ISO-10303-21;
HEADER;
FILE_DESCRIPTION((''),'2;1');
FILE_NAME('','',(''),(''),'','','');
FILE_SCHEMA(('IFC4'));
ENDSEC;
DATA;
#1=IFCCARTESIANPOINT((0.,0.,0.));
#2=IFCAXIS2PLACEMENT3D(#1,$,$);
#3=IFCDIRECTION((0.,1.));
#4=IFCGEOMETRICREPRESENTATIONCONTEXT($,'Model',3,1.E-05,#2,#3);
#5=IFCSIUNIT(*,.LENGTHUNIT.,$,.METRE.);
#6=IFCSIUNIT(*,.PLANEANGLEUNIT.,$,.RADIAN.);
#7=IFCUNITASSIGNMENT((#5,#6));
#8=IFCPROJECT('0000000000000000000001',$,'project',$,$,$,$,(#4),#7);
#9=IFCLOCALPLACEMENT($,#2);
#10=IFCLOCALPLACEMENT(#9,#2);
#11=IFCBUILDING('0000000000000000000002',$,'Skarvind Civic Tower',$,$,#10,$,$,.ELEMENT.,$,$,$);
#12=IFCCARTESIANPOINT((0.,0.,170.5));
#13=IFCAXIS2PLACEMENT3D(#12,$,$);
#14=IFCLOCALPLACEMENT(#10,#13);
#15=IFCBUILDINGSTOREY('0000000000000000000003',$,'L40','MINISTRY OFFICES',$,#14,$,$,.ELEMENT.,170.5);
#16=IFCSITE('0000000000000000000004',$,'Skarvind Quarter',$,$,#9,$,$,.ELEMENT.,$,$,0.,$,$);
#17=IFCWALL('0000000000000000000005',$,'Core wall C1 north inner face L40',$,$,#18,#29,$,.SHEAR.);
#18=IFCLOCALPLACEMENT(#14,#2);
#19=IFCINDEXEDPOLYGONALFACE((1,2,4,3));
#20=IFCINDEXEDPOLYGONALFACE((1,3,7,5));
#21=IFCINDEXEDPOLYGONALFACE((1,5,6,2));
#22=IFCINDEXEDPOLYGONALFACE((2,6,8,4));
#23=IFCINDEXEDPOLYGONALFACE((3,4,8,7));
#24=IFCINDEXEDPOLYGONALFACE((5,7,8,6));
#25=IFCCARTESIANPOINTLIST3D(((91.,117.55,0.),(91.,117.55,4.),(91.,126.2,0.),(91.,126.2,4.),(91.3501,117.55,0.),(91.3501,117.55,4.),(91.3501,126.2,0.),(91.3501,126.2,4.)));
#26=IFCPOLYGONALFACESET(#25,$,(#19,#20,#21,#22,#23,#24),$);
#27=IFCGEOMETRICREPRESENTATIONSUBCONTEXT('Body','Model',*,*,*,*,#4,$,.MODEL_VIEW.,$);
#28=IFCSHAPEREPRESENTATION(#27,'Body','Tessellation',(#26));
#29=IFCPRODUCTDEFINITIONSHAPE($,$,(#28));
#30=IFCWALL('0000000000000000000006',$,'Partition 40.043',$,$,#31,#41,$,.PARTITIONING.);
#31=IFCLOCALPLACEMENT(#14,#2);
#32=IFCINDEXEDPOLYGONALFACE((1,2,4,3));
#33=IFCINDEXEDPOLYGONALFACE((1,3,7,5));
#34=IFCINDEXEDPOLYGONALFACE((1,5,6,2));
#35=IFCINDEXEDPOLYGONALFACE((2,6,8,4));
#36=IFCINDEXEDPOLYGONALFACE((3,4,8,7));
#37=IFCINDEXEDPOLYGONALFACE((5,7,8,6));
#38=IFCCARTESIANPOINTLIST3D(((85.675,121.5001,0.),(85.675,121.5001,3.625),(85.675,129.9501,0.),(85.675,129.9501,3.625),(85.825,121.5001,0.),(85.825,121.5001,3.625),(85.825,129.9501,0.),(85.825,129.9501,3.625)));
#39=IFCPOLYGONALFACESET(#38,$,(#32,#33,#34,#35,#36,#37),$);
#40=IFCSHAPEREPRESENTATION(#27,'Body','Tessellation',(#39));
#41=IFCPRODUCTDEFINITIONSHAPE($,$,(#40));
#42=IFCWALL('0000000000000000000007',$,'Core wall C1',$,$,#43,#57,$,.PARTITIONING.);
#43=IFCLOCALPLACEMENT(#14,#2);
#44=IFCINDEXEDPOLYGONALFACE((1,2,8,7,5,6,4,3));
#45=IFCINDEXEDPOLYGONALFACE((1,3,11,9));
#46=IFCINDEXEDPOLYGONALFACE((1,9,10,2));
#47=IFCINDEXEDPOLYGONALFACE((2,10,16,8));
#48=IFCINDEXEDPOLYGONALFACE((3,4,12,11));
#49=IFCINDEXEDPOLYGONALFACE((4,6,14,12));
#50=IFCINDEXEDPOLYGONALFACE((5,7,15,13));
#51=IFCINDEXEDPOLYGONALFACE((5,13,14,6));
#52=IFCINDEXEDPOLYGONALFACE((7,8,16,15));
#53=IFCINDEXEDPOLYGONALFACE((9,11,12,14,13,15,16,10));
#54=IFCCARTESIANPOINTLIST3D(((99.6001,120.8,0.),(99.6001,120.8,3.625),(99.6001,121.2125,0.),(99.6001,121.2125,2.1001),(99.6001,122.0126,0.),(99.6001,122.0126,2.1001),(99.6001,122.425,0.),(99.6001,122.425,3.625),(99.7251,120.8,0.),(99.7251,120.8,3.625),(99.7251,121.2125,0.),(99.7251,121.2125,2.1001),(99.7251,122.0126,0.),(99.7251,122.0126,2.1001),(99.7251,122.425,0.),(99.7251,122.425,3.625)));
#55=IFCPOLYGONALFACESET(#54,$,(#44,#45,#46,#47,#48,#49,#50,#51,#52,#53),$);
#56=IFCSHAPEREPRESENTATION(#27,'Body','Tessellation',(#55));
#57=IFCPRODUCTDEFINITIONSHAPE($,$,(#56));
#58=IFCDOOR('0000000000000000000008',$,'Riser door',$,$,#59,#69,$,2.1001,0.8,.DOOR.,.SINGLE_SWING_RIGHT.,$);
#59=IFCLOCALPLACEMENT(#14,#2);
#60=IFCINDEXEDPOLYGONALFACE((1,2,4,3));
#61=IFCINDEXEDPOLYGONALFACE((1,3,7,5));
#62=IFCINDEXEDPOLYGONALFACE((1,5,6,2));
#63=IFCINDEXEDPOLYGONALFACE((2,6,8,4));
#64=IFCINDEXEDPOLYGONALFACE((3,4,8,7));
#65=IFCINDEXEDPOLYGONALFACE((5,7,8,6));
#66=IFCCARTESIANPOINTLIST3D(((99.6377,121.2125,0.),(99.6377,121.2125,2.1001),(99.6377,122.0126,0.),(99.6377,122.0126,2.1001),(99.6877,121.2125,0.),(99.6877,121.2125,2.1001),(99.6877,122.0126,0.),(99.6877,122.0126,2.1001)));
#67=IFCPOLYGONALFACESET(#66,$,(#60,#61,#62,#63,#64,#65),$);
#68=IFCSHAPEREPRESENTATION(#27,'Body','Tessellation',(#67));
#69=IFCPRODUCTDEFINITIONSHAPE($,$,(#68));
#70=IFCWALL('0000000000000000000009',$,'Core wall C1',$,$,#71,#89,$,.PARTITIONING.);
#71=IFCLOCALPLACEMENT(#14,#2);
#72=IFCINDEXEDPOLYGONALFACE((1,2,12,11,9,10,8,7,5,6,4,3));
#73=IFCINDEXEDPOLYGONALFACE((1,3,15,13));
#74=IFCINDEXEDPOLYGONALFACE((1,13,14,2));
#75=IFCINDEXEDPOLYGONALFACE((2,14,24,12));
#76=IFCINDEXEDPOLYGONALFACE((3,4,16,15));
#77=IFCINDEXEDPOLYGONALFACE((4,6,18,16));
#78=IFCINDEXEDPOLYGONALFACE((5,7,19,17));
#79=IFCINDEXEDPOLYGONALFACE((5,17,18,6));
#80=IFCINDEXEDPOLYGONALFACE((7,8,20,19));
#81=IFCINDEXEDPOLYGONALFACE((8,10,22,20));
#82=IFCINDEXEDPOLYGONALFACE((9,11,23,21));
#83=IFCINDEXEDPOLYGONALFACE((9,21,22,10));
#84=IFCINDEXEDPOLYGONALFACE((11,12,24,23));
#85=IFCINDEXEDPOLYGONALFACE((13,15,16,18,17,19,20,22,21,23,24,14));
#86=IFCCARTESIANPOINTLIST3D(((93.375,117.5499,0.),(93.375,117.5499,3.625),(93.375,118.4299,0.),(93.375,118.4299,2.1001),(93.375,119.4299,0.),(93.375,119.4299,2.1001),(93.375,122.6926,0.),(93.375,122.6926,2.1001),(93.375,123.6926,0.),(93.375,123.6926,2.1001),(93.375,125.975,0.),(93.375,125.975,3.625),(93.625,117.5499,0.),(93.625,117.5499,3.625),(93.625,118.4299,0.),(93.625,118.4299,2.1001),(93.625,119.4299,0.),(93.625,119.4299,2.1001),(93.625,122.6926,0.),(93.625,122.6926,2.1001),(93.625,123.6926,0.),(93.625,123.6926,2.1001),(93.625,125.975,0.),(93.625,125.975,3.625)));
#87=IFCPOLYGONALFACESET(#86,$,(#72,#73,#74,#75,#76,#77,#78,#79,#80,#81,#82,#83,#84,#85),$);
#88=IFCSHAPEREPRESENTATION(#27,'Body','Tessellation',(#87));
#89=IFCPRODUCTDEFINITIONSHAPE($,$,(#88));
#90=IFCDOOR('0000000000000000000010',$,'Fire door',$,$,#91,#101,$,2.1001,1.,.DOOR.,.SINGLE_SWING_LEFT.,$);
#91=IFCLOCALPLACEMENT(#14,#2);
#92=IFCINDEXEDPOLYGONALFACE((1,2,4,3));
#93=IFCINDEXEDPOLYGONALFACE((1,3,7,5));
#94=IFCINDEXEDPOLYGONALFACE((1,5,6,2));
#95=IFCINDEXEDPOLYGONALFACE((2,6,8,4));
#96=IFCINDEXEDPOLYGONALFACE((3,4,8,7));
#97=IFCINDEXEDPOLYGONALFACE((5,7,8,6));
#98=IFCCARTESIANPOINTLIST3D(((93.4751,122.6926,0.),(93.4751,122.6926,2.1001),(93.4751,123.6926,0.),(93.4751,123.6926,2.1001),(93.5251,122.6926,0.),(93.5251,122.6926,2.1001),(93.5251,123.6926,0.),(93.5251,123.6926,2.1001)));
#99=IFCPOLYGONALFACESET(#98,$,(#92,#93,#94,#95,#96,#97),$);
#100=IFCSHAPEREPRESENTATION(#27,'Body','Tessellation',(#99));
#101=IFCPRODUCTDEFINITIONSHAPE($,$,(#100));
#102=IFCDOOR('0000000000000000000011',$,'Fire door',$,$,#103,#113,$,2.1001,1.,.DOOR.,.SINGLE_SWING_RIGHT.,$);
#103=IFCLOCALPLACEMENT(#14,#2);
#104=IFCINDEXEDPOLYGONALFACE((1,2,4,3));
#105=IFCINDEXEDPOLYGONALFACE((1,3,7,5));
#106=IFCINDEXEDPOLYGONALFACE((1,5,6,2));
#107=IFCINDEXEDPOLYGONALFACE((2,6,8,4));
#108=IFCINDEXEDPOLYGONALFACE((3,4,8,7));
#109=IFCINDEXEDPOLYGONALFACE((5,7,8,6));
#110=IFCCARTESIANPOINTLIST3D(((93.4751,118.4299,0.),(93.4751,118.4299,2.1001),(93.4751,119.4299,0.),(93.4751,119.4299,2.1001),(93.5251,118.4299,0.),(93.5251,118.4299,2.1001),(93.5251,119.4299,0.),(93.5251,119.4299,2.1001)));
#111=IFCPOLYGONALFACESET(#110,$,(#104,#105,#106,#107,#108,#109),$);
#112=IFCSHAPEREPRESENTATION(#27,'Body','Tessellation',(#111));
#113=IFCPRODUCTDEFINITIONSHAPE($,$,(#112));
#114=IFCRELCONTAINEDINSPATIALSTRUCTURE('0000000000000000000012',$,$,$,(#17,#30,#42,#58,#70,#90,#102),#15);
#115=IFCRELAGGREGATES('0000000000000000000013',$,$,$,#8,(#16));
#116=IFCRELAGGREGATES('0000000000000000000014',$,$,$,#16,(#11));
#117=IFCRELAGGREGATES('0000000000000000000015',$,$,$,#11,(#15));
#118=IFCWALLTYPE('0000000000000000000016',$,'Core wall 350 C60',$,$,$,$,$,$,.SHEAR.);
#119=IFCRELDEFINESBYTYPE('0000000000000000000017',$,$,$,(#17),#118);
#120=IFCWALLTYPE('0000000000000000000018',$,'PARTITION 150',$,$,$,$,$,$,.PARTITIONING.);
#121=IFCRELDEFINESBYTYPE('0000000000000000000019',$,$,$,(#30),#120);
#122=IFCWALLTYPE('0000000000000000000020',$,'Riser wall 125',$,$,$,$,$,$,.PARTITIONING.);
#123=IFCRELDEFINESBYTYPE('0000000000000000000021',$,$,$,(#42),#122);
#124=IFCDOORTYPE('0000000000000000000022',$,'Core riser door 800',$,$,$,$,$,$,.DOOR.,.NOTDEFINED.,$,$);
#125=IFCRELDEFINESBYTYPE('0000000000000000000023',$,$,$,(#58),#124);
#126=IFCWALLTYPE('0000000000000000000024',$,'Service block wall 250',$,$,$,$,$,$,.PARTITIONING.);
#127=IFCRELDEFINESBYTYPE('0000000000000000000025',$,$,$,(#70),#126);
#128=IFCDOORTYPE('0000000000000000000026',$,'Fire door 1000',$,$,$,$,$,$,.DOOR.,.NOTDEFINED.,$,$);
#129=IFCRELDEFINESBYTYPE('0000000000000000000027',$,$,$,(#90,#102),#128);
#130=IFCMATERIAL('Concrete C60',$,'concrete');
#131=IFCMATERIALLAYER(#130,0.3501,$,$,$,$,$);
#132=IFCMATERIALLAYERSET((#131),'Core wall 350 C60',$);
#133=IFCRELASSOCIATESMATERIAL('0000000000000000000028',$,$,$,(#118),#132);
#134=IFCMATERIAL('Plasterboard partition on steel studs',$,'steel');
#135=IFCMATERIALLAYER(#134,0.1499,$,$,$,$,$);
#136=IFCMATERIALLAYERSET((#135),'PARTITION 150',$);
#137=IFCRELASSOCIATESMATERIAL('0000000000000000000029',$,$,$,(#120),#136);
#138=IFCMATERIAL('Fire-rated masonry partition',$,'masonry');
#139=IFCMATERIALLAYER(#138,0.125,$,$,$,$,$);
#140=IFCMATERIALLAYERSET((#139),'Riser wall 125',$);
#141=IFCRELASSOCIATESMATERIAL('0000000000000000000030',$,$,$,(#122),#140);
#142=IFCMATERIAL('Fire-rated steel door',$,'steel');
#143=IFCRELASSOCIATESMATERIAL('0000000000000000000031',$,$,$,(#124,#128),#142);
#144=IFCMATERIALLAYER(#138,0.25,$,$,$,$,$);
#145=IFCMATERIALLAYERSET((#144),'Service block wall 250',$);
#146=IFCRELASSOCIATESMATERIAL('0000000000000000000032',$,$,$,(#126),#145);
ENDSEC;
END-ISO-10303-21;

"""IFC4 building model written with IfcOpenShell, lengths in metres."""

from ifc_helpers import new_model, si_unit, direction, frame, frame_2d, origin, place, context, subcontext, project, spatial, rectangle, extrude, material, layer, layer_set, type_object, element, fill, save


model = new_model("IFC4")

# Units and contexts
model_context = context("Model", 3, precision=1e-05, world=origin(), true_north=direction((0.0, 1.0)))
body_context = subcontext(model_context, "Body", "Model", "MODEL_VIEW")
ifc_project = project(units=[si_unit("LENGTHUNIT", "METRE"), si_unit("PLANEANGLEUNIT", "RADIAN")], contexts=[model_context])

# Site, building, storey
site_placement = place(None, origin())
site = spatial("IfcSite", under=ifc_project, at=site_placement, Name="Skarvind Quarter", CompositionType="ELEMENT", RefElevation=0.0)
building_placement = place(site_placement, origin())
building = spatial("IfcBuilding", under=site, at=building_placement, Name="Skarvind Civic Tower", CompositionType="ELEMENT")
storey_placement = place(building_placement, frame((0.0, 0.0, 170.5)))
storey = spatial("IfcBuildingStorey", under=building, at=storey_placement, Name="L40", Description="MINISTRY OFFICES", CompositionType="ELEMENT", Elevation=170.5)

# Shared definitions
ifc_material_1 = material(Name="Concrete C60", Category="concrete")

# Shared definitions
ifc_material_2 = material(Name="Fire-rated masonry partition", Category="masonry")
ifc_material_3 = material(Name="Fire-rated steel door", Category="steel")

# Walls
ifc_layer_1 = layer(ifc_material_1, 0.3501)
ifc_layer_set_1 = layer_set([ifc_layer_1], Name="Core wall 350 C60")
wall_type_1 = type_object("IfcWallType", Name="Core wall 350 C60", PredefinedType="SHEAR", material=ifc_layer_set_1)
wall_1_placement = place(storey_placement, frame((91.175, 126.2, 0.0), z_axis=(0.0, 0.0, 1.0), x_axis=(0.0, -1.0, 0.0)))
element("IfcWall", 1, at=wall_1_placement, inside=storey, type_object=wall_type_1, Name="Core wall C1 north inner face L40", PredefinedType="SHEAR", context=body_context, shape_type="SweptSolid", body=[
    extrude(rectangle(XDim=8.6499, YDim=0.3501, at=frame_2d((4.325, 0.0))), origin(), (0.0, 0.0, 1.0), 4.0),
])
ifc_material_4 = material(Name="Plasterboard partition on steel studs", Category="steel")
ifc_layer_2 = layer(ifc_material_4, 0.1499)
ifc_layer_set_2 = layer_set([ifc_layer_2], Name="PARTITION 150")
wall_type_2 = type_object("IfcWallType", Name="PARTITION 150", PredefinedType="PARTITIONING", material=ifc_layer_set_2)
wall_2_placement = place(storey_placement, frame((85.75, 121.5, 0.0), z_axis=(0.0, 0.0, 1.0), x_axis=(0.0, 1.0, 0.0)))
element("IfcWall", 2, at=wall_2_placement, inside=storey, type_object=wall_type_2, Name="Partition 40.043", PredefinedType="PARTITIONING", context=body_context, shape_type="SweptSolid", body=[
    extrude(rectangle(XDim=8.45, YDim=0.1499, at=frame_2d((4.2251, 0.0))), origin(), (0.0, 0.0, 1.0), 3.625),
])

# Wall, opening, door
ifc_layer_3 = layer(ifc_material_2, 0.125)
ifc_layer_set_3 = layer_set([ifc_layer_3], Name="Riser wall 125")
wall_type_3 = type_object("IfcWallType", Name="Riser wall 125", PredefinedType="PARTITIONING", material=ifc_layer_set_3)
wall_3_placement = place(storey_placement, frame((99.6626, 120.8, 0.0), z_axis=(0.0, 0.0, 1.0), x_axis=(0.0, 1.0, 0.0)))
wall_3 = element("IfcWall", 3, at=wall_3_placement, inside=storey, type_object=wall_type_3, Name="Core wall C1", PredefinedType="PARTITIONING", context=body_context, shape_type="SweptSolid", body=[
    extrude(rectangle(XDim=1.625, YDim=0.125, at=frame_2d((0.8125, 0.0))), origin(), (0.0, 0.0, 1.0), 3.625),
])
opening_1_placement = place(wall_3_placement, frame((0.4126, 0.0, 0.0)))
opening_1 = element("IfcOpeningElement", 4, at=opening_1_placement, cuts=wall_3, PredefinedType="OPENING", context=body_context, shape_type="SweptSolid", body=[
    extrude(rectangle(XDim=0.8, YDim=2.1001, at=frame_2d((0.3999, 1.05))), frame((0.0, 0.0725, 0.0), z_axis=(0.0, -1.0, 0.0), x_axis=(1.0, 0.0, 0.0)), (0.0, 0.0, 1.0), 0.145),
])
door_type_1 = type_object("IfcDoorType", Name="Core riser door 800", OperationType="NOTDEFINED", PredefinedType="DOOR", material=ifc_material_3)
door_1_placement = place(opening_1_placement, origin())
door_1 = element("IfcDoor", 5, at=door_1_placement, inside=storey, type_object=door_type_1, Name="Riser door", OperationType="SINGLE_SWING_RIGHT", OverallHeight=2.1001, OverallWidth=0.8, PredefinedType="DOOR", context=body_context, shape_type="SweptSolid", body=[
    extrude(rectangle(XDim=0.8, YDim=2.1001, at=frame_2d((0.3999, 1.05))), frame((0.0, 0.0249, 0.0), z_axis=(0.0, -1.0, 0.0), x_axis=(1.0, 0.0, 0.0)), (0.0, 0.0, 1.0), 0.05),
])
fill(opening_1, door_1)

# Wall, openings, doors
ifc_layer_4 = layer(ifc_material_2, 0.25)
ifc_layer_set_4 = layer_set([ifc_layer_4], Name="Service block wall 250")
wall_type_4 = type_object("IfcWallType", Name="Service block wall 250", PredefinedType="PARTITIONING", material=ifc_layer_set_4)
wall_4_placement = place(storey_placement, frame((93.5, 117.55, 0.0), z_axis=(0.0, 0.0, 1.0), x_axis=(0.0, 1.0, 0.0)))
wall_4 = element("IfcWall", 6, at=wall_4_placement, inside=storey, type_object=wall_type_4, Name="Core wall C1", PredefinedType="PARTITIONING", context=body_context, shape_type="SweptSolid", body=[
    extrude(rectangle(XDim=8.425, YDim=0.25, at=frame_2d((4.2124, 0.0))), origin(), (0.0, 0.0, 1.0), 3.625),
])
opening_2_placement = place(wall_4_placement, frame((5.1426, 0.0, 0.0)))
opening_2 = element("IfcOpeningElement", 7, at=opening_2_placement, cuts=wall_4, PredefinedType="OPENING", context=body_context, shape_type="SweptSolid", body=[
    extrude(rectangle(XDim=1.0, YDim=2.1001, at=frame_2d((0.5, 1.05))), frame((0.0, 0.135, 0.0), z_axis=(0.0, -1.0, 0.0), x_axis=(1.0, 0.0, 0.0)), (0.0, 0.0, 1.0), 0.27),
])
opening_3_placement = place(wall_4_placement, frame((0.8799, 0.0, 0.0)))
opening_3 = element("IfcOpeningElement", 8, at=opening_3_placement, cuts=wall_4, PredefinedType="OPENING", context=body_context, shape_type="SweptSolid", body=[
    extrude(rectangle(XDim=1.0, YDim=2.1001, at=frame_2d((0.5, 1.05))), frame((0.0, 0.135, 0.0), z_axis=(0.0, -1.0, 0.0), x_axis=(1.0, 0.0, 0.0)), (0.0, 0.0, 1.0), 0.27),
])
door_type_2 = type_object("IfcDoorType", Name="Fire door 1000", OperationType="NOTDEFINED", PredefinedType="DOOR", material=ifc_material_3)
door_2_placement = place(opening_2_placement, origin())
door_2 = element("IfcDoor", 9, at=door_2_placement, inside=storey, type_object=door_type_2, Name="Fire door", OperationType="SINGLE_SWING_LEFT", OverallHeight=2.1001, OverallWidth=1.0, PredefinedType="DOOR", context=body_context, shape_type="SweptSolid", body=[
    extrude(rectangle(XDim=1.0, YDim=2.1001, at=frame_2d((0.5, 1.05))), frame((0.0, 0.0249, 0.0), z_axis=(0.0, -1.0, 0.0), x_axis=(1.0, 0.0, 0.0)), (0.0, 0.0, 1.0), 0.05),
])
fill(opening_2, door_2)
door_3_placement = place(opening_3_placement, origin())
door_3 = element("IfcDoor", 10, at=door_3_placement, inside=storey, type_object=door_type_2, Name="Fire door", OperationType="SINGLE_SWING_RIGHT", OverallHeight=2.1001, OverallWidth=1.0, PredefinedType="DOOR", context=body_context, shape_type="SweptSolid", body=[
    extrude(rectangle(XDim=1.0, YDim=2.1001, at=frame_2d((0.5, 1.05))), frame((0.0, 0.0249, 0.0), z_axis=(0.0, -1.0, 0.0), x_axis=(1.0, 0.0, 0.0)), (0.0, 0.0, 1.0), 0.05),
])
fill(opening_3, door_3)

save(model, "model.ifc")
